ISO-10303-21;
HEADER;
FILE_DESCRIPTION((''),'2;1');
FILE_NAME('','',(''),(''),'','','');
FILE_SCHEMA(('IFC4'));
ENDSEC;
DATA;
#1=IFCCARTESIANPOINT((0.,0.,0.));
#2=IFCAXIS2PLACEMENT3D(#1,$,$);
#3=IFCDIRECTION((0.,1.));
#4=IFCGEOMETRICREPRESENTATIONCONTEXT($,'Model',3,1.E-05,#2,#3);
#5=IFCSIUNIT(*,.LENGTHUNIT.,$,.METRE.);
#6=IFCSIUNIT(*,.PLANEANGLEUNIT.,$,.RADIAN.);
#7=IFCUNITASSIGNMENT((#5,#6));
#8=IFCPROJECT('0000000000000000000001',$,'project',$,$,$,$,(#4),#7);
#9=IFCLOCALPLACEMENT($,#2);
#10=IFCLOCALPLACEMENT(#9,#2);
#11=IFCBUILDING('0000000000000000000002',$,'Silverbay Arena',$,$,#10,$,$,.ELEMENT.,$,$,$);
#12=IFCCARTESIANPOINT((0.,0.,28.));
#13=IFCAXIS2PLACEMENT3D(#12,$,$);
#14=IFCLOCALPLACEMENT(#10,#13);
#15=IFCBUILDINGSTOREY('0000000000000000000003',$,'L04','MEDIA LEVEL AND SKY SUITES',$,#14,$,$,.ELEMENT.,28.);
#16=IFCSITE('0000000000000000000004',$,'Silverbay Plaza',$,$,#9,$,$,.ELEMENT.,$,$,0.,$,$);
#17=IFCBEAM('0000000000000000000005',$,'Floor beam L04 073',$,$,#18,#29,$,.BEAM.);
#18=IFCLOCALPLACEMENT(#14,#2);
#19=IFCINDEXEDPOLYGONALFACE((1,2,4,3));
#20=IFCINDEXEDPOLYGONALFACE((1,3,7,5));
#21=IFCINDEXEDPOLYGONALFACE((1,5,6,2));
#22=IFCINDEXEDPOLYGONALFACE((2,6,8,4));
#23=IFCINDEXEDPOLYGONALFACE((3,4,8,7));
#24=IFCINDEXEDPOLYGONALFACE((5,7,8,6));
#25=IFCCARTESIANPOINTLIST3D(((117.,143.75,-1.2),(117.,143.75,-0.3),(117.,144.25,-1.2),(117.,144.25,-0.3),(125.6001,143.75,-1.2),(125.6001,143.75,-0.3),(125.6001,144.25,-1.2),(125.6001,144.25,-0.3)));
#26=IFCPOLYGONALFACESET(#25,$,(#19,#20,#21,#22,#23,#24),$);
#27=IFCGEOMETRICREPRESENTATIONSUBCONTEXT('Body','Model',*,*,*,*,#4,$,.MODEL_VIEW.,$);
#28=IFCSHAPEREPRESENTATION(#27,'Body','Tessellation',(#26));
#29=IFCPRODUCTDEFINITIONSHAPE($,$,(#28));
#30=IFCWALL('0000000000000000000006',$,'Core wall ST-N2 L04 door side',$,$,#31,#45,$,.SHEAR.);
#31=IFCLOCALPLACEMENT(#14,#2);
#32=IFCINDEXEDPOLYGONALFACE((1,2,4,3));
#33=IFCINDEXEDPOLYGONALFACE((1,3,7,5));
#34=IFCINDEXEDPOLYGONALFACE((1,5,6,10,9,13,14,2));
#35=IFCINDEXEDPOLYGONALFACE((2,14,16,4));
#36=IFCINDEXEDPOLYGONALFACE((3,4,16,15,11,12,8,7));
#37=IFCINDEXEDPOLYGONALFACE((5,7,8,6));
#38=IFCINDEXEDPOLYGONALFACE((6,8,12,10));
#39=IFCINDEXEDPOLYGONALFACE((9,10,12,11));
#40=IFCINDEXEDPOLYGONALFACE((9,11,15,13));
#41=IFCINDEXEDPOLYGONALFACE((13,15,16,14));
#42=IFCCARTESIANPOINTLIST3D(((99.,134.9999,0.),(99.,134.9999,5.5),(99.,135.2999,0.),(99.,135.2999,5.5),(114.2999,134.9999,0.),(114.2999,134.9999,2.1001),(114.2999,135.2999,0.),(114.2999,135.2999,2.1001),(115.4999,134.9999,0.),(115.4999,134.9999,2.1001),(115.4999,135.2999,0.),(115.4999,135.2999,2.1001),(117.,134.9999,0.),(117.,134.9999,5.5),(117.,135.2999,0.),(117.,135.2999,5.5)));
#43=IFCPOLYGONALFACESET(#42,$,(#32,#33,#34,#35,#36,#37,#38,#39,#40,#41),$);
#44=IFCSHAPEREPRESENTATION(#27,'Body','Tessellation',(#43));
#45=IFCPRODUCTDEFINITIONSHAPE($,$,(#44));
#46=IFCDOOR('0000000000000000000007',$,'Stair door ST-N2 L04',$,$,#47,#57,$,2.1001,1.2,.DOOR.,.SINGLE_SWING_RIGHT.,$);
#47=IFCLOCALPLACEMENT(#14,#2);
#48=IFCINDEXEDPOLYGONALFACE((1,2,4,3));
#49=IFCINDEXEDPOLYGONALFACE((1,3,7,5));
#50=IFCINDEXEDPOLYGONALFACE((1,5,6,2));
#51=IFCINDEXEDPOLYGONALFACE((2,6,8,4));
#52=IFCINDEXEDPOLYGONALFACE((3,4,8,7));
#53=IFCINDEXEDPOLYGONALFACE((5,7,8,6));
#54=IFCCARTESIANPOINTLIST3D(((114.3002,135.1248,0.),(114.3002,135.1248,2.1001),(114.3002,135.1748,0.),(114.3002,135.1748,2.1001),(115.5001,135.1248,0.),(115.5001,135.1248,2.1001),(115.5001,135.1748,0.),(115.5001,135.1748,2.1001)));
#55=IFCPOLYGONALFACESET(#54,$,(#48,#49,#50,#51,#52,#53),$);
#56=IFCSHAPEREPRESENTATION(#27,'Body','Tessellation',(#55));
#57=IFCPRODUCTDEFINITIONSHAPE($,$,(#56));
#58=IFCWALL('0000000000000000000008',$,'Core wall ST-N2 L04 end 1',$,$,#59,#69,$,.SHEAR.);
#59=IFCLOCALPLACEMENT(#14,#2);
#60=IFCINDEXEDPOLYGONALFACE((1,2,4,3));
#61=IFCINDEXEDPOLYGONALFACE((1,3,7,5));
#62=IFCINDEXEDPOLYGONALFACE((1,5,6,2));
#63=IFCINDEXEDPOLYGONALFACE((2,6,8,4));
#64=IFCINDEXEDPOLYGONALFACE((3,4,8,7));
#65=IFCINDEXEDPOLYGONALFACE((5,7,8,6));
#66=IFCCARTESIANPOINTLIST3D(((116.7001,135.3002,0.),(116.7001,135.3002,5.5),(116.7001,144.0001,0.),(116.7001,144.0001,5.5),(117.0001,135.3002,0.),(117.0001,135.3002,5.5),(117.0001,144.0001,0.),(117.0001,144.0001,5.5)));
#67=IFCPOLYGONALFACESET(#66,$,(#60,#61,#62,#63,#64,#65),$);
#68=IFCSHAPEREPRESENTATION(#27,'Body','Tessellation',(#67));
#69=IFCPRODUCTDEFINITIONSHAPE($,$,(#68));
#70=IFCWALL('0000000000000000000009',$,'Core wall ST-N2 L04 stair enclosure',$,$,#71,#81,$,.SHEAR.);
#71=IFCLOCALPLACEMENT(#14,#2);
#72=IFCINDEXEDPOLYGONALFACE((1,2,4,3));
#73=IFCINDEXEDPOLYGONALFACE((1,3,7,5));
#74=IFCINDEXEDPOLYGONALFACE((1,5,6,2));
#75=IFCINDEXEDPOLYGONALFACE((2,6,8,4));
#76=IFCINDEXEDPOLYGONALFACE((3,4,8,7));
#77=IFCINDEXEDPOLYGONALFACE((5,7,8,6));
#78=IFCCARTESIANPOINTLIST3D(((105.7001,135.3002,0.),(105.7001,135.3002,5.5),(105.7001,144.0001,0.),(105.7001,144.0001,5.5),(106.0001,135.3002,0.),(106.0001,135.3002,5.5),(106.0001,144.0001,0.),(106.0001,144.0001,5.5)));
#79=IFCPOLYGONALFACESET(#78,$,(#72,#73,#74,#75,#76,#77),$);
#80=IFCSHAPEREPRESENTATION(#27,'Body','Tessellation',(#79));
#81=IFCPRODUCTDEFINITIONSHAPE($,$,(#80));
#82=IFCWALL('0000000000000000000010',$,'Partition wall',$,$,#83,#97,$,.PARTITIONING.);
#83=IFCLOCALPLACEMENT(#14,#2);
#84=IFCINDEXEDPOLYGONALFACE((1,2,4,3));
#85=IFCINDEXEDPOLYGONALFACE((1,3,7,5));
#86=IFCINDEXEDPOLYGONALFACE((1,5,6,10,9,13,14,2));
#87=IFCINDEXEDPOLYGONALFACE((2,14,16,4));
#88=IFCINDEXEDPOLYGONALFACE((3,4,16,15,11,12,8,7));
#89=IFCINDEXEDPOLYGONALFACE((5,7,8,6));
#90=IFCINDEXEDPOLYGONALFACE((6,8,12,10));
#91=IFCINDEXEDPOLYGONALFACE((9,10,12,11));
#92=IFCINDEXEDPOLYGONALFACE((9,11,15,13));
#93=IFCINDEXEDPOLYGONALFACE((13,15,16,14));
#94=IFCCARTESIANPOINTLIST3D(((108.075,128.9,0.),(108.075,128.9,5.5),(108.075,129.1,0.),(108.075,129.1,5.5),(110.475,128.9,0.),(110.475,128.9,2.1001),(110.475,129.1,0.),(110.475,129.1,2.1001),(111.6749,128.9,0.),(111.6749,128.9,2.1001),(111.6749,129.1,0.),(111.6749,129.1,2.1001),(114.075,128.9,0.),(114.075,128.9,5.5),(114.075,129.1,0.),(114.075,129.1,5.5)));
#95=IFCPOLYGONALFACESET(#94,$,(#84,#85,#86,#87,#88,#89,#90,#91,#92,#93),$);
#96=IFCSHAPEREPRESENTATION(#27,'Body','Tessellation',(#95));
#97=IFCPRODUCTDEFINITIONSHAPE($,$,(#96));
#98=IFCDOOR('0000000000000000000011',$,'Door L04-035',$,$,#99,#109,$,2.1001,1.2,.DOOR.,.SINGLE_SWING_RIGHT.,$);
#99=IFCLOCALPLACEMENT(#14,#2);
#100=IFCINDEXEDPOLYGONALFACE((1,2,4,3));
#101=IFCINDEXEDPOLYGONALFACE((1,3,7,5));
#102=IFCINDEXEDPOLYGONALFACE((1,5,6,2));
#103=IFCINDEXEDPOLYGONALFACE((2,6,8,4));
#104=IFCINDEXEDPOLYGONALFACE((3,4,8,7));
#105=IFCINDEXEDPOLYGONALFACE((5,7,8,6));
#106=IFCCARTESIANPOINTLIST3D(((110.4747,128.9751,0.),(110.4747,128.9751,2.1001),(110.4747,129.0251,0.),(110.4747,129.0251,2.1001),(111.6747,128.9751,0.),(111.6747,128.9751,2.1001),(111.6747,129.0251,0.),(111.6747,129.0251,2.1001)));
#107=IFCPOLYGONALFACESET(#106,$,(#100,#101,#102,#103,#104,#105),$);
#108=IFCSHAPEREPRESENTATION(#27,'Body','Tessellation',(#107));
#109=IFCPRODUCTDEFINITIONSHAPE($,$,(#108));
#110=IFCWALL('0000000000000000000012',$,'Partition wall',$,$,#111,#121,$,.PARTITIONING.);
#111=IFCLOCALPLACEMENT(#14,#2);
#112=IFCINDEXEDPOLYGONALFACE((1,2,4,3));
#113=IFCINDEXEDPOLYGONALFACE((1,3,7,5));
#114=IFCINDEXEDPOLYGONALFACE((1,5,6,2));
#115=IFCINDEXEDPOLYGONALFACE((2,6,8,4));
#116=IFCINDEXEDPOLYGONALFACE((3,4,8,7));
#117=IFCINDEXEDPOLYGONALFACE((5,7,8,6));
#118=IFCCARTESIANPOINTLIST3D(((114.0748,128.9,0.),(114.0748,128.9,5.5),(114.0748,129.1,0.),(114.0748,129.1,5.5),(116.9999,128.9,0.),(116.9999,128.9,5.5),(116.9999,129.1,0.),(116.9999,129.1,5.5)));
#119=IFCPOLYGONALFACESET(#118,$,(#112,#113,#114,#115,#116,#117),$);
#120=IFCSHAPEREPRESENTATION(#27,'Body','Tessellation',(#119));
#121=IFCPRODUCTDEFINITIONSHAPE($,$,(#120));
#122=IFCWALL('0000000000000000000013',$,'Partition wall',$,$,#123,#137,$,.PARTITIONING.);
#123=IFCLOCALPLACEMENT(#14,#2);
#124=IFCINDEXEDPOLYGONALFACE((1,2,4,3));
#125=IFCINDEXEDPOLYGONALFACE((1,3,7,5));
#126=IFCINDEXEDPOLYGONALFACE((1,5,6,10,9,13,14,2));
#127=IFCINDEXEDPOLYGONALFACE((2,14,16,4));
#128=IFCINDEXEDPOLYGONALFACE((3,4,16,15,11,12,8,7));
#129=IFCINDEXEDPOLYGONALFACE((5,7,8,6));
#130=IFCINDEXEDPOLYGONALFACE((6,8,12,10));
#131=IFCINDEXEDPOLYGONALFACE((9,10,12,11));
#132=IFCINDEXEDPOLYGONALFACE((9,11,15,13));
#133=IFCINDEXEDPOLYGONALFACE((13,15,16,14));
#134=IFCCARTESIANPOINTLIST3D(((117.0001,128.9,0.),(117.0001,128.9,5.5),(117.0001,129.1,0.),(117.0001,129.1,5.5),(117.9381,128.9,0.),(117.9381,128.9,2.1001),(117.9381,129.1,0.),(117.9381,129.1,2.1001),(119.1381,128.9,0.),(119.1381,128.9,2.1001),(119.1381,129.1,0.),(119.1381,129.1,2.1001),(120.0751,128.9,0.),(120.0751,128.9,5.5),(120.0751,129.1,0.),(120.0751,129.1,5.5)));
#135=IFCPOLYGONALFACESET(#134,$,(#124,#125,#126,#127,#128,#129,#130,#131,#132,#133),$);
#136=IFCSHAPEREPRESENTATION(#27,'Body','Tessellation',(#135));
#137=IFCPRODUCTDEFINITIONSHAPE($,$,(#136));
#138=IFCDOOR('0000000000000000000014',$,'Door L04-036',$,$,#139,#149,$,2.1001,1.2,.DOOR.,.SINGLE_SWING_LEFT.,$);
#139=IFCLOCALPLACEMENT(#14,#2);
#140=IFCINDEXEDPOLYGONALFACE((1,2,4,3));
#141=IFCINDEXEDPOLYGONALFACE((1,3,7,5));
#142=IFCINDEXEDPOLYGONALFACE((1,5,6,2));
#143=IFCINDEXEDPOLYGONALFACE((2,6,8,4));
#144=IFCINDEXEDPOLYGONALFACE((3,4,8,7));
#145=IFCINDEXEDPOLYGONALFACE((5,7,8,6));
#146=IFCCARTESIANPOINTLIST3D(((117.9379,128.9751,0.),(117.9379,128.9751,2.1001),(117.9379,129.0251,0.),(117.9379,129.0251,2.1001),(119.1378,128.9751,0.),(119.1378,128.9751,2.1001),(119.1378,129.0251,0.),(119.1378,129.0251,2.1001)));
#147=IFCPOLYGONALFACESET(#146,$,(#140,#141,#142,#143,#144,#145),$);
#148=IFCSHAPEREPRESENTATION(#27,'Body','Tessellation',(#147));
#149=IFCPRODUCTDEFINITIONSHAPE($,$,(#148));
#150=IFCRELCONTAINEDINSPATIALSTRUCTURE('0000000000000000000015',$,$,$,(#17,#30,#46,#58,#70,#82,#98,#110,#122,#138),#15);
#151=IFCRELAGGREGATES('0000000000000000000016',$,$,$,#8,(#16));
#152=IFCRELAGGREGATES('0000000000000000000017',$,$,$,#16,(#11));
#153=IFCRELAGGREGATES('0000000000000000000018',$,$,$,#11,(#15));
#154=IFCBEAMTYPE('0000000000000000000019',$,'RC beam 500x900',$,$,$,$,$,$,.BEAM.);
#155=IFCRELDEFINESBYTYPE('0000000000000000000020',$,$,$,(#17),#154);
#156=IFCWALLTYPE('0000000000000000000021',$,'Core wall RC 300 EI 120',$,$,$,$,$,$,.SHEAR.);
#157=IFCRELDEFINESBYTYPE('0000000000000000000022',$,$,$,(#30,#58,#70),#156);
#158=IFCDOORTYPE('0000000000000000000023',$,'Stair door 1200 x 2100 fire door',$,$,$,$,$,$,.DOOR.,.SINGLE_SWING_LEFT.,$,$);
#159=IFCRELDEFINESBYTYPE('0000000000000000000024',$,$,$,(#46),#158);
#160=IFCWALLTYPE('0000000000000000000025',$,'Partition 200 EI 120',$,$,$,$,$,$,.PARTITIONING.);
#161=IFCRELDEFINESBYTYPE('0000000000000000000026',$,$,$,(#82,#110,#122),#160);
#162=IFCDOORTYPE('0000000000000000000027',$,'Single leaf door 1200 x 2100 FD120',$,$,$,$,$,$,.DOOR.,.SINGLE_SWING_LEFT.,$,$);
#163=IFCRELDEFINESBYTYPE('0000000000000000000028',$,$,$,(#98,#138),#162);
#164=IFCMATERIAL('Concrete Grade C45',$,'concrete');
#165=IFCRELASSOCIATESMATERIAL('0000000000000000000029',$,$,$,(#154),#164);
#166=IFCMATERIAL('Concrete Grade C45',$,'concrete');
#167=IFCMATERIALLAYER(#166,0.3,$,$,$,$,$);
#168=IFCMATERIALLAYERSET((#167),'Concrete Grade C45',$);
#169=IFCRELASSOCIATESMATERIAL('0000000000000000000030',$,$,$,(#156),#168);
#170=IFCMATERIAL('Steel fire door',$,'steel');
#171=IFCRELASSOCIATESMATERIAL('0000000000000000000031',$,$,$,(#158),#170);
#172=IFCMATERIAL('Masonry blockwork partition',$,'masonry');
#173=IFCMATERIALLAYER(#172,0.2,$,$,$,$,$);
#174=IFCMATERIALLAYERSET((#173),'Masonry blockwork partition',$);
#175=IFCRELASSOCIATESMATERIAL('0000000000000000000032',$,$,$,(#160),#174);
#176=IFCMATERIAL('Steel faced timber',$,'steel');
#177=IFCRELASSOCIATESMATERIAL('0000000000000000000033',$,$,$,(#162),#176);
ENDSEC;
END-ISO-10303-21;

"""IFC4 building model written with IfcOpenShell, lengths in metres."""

from ifc_helpers import new_model, si_unit, direction, frame, frame_2d, origin, origin_2d, place, context, subcontext, project, spatial, rectangle, extrude, material, layer, layer_set, material_profile, profile_set, type_object, element, fill, save


model = new_model("IFC4")

# Units and contexts
model_context = context("Model", 3, precision=1e-05, world=origin(), true_north=direction((0.0, 1.0)))
body_context = subcontext(model_context, "Body", "Model", "MODEL_VIEW")
ifc_project = project(units=[si_unit("LENGTHUNIT", "METRE"), si_unit("PLANEANGLEUNIT", "RADIAN")], contexts=[model_context])

# Site, building, storey
site_placement = place(None, origin())
site = spatial("IfcSite", under=ifc_project, at=site_placement, Name="Silverbay Plaza", CompositionType="ELEMENT", RefElevation=0.0)
building_placement = place(site_placement, origin())
building = spatial("IfcBuilding", under=site, at=building_placement, Name="Silverbay Arena", CompositionType="ELEMENT")
storey_placement = place(building_placement, frame((0.0, 0.0, 28.0)))
storey = spatial("IfcBuildingStorey", under=building, at=storey_placement, Name="L04", Description="MEDIA LEVEL AND SKY SUITES", CompositionType="ELEMENT", Elevation=28.0)

# Beam
ifc_material_1 = material(Name="Concrete Grade C45", Category="concrete")
ifc_material_profile_1 = material_profile(ifc_material_1, rectangle(XDim=0.5, YDim=0.8999, at=origin_2d()), Name="RC 500x900")
ifc_profile_set_1 = profile_set([ifc_material_profile_1], Name="Concrete Grade C45")
beam_type = type_object("IfcBeamType", Name="RC beam 500x900", PredefinedType="BEAM", material=ifc_profile_set_1)
beam_placement = place(storey_placement, frame((117.0, 144.0, -0.75), z_axis=(1.0, 0.0, 0.0), x_axis=(0.0, 1.0, 0.0)))
element("IfcBeam", 1, at=beam_placement, inside=storey, type_object=beam_type, Name="Floor beam L04 073", PredefinedType="BEAM", context=body_context, shape_type="SweptSolid", body=[
    extrude(rectangle(XDim=0.5, YDim=0.8999, at=origin_2d()), origin(), (0.0, 0.0, 1.0), 8.6001),
])

# Wall, opening, door
ifc_material_2 = material(Name="Concrete Grade C45", Category="concrete")
ifc_layer_1 = layer(ifc_material_2, 0.3)
ifc_layer_set_1 = layer_set([ifc_layer_1], Name="Concrete Grade C45")
wall_type_1 = type_object("IfcWallType", Name="Core wall RC 300 EI 120", PredefinedType="SHEAR", material=ifc_layer_set_1)
wall_1_placement = place(storey_placement, frame((117.0, 135.1499, 0.0), z_axis=(0.0, 0.0, 1.0), x_axis=(-1.0, 0.0, 0.0)))
wall_1 = element("IfcWall", 2, at=wall_1_placement, inside=storey, type_object=wall_type_1, Name="Core wall ST-N2 L04 door side", PredefinedType="SHEAR", context=body_context, shape_type="SweptSolid", body=[
    extrude(rectangle(XDim=18.0, YDim=0.3, at=frame_2d((9.0, 0.0))), origin(), (0.0, 0.0, 1.0), 5.5),
])
opening_1_placement = place(wall_1_placement, frame((1.5, 0.0, 0.0)))
opening_1 = element("IfcOpeningElement", 3, at=opening_1_placement, cuts=wall_1, PredefinedType="OPENING", context=body_context, shape_type="SweptSolid", body=[
    extrude(rectangle(XDim=1.2, YDim=2.1001, at=frame_2d((0.6001, 1.05))), frame((0.0, 0.1602, 0.0), z_axis=(0.0, -1.0, 0.0), x_axis=(1.0, 0.0, 0.0)), (0.0, 0.0, 1.0), 0.3201),
])
ifc_material_3 = material(Name="Steel fire door", Category="steel")
door_type_1 = type_object("IfcDoorType", Name="Stair door 1200 x 2100 fire door", OperationType="SINGLE_SWING_LEFT", PredefinedType="DOOR", material=ifc_material_3)
door_1_placement = place(opening_1_placement, frame((1.2, 0.0, 0.0), z_axis=(0.0, 0.0, 1.0), x_axis=(-1.0, 0.0, 0.0)))
door_1 = element("IfcDoor", 4, at=door_1_placement, inside=storey, type_object=door_type_1, Name="Stair door ST-N2 L04", OperationType="SINGLE_SWING_RIGHT", OverallHeight=2.1001, OverallWidth=1.2, PredefinedType="DOOR", context=body_context, shape_type="SweptSolid", body=[
    extrude(rectangle(XDim=1.2, YDim=2.1001, at=frame_2d((0.6001, 1.05))), frame((0.0, 0.0249, 0.0), z_axis=(0.0, -1.0, 0.0), x_axis=(1.0, 0.0, 0.0)), (0.0, 0.0, 1.0), 0.05),
])
fill(opening_1, door_1)

# Walls
for number, where, z_axis, x_axis, name in (
    (5, (116.8501, 135.3, 0.0), (0.0, 0.0, 1.0), (0.0, 1.0, 0.0), "Core wall ST-N2 L04 end 1"),
    (6, (105.8501, 135.3, 0.0), (0.0, 0.0, 1.0), (0.0, 1.0, 0.0), "Core wall ST-N2 L04 stair enclosure"),
):
    element("IfcWall", number, at=place(storey_placement, frame(where, z_axis=z_axis, x_axis=x_axis)), inside=storey, type_object=wall_type_1, Name=name, PredefinedType="SHEAR", context=body_context, shape_type="SweptSolid", body=[
        extrude(rectangle(XDim=8.7, YDim=0.3, at=frame_2d((4.3501, 0.0))), origin(), (0.0, 0.0, 1.0), 5.5),
    ])

# Wall, opening, door
ifc_material_4 = material(Name="Masonry blockwork partition", Category="masonry")
ifc_layer_2 = layer(ifc_material_4, 0.2)
ifc_layer_set_2 = layer_set([ifc_layer_2], Name="Masonry blockwork partition")
wall_type_2 = type_object("IfcWallType", Name="Partition 200 EI 120", PredefinedType="PARTITIONING", material=ifc_layer_set_2)
wall_2_placement = place(storey_placement, frame((108.075, 129.0, 0.0), z_axis=(0.0, 0.0, 1.0), x_axis=(1.0, 0.0, 0.0)))
wall_2 = element("IfcWall", 7, at=wall_2_placement, inside=storey, type_object=wall_type_2, Name="Partition wall", PredefinedType="PARTITIONING", context=body_context, shape_type="SweptSolid", body=[
    extrude(rectangle(XDim=6.0, YDim=0.2, at=frame_2d((3.0, 0.0))), origin(), (0.0, 0.0, 1.0), 5.5),
])
opening_2_placement = place(wall_2_placement, frame((2.3999, 0.0, 0.0)))
opening_2 = element("IfcOpeningElement", 8, at=opening_2_placement, cuts=wall_2, PredefinedType="OPENING", context=body_context, shape_type="SweptSolid", body=[
    extrude(rectangle(XDim=1.2, YDim=2.1001, at=frame_2d((0.6001, 1.05))), frame((0.0, 0.1099, 0.0), z_axis=(0.0, -1.0, 0.0), x_axis=(1.0, 0.0, 0.0)), (0.0, 0.0, 1.0), 0.22),
])
ifc_material_5 = material(Name="Steel faced timber", Category="steel")
door_type_2 = type_object("IfcDoorType", Name="Single leaf door 1200 x 2100 FD120", OperationType="SINGLE_SWING_LEFT", PredefinedType="DOOR", material=ifc_material_5)
door_2_placement = place(opening_2_placement, frame((1.2, 0.0, 0.0), z_axis=(0.0, 0.0, 1.0), x_axis=(-1.0, 0.0, 0.0)))
door_2 = element("IfcDoor", 9, at=door_2_placement, inside=storey, type_object=door_type_2, Name="Door L04-035", OperationType="SINGLE_SWING_RIGHT", OverallHeight=2.1001, OverallWidth=1.2, PredefinedType="DOOR", context=body_context, shape_type="SweptSolid", body=[
    extrude(rectangle(XDim=1.2, YDim=2.1001, at=frame_2d((0.6001, 1.05))), frame((0.0, 0.0249, 0.0), z_axis=(0.0, -1.0, 0.0), x_axis=(1.0, 0.0, 0.0)), (0.0, 0.0, 1.0), 0.05),
])
fill(opening_2, door_2)

# Wall
wall_3_placement = place(storey_placement, frame((114.075, 129.0, 0.0), z_axis=(0.0, 0.0, 1.0), x_axis=(1.0, 0.0, 0.0)))
element("IfcWall", 10, at=wall_3_placement, inside=storey, type_object=wall_type_2, Name="Partition wall", PredefinedType="PARTITIONING", context=body_context, shape_type="SweptSolid", body=[
    extrude(rectangle(XDim=2.925, YDim=0.2, at=frame_2d((1.4624, 0.0))), origin(), (0.0, 0.0, 1.0), 5.5),
])

# Wall, opening, door
wall_4_placement = place(storey_placement, frame((117.0, 129.0, 0.0), z_axis=(0.0, 0.0, 1.0), x_axis=(1.0, 0.0, 0.0)))
wall_4 = element("IfcWall", 11, at=wall_4_placement, inside=storey, type_object=wall_type_2, Name="Partition wall", PredefinedType="PARTITIONING", context=body_context, shape_type="SweptSolid", body=[
    extrude(rectangle(XDim=3.075, YDim=0.2, at=frame_2d((1.5376, 0.0))), origin(), (0.0, 0.0, 1.0), 5.5),
])
opening_3_placement = place(wall_4_placement, frame((0.938, 0.0, 0.0)))
opening_3 = element("IfcOpeningElement", 12, at=opening_3_placement, cuts=wall_4, PredefinedType="OPENING", context=body_context, shape_type="SweptSolid", body=[
    extrude(rectangle(XDim=1.2, YDim=2.1001, at=frame_2d((0.6001, 1.05))), frame((0.0, 0.1099, 0.0), z_axis=(0.0, -1.0, 0.0), x_axis=(1.0, 0.0, 0.0)), (0.0, 0.0, 1.0), 0.22),
])
door_3_placement = place(opening_3_placement, frame((1.2, 0.0, 0.0), z_axis=(0.0, 0.0, 1.0), x_axis=(-1.0, 0.0, 0.0)))
door_3 = element("IfcDoor", 13, at=door_3_placement, inside=storey, type_object=door_type_2, Name="Door L04-036", OperationType="SINGLE_SWING_LEFT", OverallHeight=2.1001, OverallWidth=1.2, PredefinedType="DOOR", context=body_context, shape_type="SweptSolid", body=[
    extrude(rectangle(XDim=1.2, YDim=2.1001, at=frame_2d((0.6001, 1.05))), frame((0.0, 0.0249, 0.0), z_axis=(0.0, -1.0, 0.0), x_axis=(1.0, 0.0, 0.0)), (0.0, 0.0, 1.0), 0.05),
])
fill(opening_3, door_3)

save(model, "model.ifc")
